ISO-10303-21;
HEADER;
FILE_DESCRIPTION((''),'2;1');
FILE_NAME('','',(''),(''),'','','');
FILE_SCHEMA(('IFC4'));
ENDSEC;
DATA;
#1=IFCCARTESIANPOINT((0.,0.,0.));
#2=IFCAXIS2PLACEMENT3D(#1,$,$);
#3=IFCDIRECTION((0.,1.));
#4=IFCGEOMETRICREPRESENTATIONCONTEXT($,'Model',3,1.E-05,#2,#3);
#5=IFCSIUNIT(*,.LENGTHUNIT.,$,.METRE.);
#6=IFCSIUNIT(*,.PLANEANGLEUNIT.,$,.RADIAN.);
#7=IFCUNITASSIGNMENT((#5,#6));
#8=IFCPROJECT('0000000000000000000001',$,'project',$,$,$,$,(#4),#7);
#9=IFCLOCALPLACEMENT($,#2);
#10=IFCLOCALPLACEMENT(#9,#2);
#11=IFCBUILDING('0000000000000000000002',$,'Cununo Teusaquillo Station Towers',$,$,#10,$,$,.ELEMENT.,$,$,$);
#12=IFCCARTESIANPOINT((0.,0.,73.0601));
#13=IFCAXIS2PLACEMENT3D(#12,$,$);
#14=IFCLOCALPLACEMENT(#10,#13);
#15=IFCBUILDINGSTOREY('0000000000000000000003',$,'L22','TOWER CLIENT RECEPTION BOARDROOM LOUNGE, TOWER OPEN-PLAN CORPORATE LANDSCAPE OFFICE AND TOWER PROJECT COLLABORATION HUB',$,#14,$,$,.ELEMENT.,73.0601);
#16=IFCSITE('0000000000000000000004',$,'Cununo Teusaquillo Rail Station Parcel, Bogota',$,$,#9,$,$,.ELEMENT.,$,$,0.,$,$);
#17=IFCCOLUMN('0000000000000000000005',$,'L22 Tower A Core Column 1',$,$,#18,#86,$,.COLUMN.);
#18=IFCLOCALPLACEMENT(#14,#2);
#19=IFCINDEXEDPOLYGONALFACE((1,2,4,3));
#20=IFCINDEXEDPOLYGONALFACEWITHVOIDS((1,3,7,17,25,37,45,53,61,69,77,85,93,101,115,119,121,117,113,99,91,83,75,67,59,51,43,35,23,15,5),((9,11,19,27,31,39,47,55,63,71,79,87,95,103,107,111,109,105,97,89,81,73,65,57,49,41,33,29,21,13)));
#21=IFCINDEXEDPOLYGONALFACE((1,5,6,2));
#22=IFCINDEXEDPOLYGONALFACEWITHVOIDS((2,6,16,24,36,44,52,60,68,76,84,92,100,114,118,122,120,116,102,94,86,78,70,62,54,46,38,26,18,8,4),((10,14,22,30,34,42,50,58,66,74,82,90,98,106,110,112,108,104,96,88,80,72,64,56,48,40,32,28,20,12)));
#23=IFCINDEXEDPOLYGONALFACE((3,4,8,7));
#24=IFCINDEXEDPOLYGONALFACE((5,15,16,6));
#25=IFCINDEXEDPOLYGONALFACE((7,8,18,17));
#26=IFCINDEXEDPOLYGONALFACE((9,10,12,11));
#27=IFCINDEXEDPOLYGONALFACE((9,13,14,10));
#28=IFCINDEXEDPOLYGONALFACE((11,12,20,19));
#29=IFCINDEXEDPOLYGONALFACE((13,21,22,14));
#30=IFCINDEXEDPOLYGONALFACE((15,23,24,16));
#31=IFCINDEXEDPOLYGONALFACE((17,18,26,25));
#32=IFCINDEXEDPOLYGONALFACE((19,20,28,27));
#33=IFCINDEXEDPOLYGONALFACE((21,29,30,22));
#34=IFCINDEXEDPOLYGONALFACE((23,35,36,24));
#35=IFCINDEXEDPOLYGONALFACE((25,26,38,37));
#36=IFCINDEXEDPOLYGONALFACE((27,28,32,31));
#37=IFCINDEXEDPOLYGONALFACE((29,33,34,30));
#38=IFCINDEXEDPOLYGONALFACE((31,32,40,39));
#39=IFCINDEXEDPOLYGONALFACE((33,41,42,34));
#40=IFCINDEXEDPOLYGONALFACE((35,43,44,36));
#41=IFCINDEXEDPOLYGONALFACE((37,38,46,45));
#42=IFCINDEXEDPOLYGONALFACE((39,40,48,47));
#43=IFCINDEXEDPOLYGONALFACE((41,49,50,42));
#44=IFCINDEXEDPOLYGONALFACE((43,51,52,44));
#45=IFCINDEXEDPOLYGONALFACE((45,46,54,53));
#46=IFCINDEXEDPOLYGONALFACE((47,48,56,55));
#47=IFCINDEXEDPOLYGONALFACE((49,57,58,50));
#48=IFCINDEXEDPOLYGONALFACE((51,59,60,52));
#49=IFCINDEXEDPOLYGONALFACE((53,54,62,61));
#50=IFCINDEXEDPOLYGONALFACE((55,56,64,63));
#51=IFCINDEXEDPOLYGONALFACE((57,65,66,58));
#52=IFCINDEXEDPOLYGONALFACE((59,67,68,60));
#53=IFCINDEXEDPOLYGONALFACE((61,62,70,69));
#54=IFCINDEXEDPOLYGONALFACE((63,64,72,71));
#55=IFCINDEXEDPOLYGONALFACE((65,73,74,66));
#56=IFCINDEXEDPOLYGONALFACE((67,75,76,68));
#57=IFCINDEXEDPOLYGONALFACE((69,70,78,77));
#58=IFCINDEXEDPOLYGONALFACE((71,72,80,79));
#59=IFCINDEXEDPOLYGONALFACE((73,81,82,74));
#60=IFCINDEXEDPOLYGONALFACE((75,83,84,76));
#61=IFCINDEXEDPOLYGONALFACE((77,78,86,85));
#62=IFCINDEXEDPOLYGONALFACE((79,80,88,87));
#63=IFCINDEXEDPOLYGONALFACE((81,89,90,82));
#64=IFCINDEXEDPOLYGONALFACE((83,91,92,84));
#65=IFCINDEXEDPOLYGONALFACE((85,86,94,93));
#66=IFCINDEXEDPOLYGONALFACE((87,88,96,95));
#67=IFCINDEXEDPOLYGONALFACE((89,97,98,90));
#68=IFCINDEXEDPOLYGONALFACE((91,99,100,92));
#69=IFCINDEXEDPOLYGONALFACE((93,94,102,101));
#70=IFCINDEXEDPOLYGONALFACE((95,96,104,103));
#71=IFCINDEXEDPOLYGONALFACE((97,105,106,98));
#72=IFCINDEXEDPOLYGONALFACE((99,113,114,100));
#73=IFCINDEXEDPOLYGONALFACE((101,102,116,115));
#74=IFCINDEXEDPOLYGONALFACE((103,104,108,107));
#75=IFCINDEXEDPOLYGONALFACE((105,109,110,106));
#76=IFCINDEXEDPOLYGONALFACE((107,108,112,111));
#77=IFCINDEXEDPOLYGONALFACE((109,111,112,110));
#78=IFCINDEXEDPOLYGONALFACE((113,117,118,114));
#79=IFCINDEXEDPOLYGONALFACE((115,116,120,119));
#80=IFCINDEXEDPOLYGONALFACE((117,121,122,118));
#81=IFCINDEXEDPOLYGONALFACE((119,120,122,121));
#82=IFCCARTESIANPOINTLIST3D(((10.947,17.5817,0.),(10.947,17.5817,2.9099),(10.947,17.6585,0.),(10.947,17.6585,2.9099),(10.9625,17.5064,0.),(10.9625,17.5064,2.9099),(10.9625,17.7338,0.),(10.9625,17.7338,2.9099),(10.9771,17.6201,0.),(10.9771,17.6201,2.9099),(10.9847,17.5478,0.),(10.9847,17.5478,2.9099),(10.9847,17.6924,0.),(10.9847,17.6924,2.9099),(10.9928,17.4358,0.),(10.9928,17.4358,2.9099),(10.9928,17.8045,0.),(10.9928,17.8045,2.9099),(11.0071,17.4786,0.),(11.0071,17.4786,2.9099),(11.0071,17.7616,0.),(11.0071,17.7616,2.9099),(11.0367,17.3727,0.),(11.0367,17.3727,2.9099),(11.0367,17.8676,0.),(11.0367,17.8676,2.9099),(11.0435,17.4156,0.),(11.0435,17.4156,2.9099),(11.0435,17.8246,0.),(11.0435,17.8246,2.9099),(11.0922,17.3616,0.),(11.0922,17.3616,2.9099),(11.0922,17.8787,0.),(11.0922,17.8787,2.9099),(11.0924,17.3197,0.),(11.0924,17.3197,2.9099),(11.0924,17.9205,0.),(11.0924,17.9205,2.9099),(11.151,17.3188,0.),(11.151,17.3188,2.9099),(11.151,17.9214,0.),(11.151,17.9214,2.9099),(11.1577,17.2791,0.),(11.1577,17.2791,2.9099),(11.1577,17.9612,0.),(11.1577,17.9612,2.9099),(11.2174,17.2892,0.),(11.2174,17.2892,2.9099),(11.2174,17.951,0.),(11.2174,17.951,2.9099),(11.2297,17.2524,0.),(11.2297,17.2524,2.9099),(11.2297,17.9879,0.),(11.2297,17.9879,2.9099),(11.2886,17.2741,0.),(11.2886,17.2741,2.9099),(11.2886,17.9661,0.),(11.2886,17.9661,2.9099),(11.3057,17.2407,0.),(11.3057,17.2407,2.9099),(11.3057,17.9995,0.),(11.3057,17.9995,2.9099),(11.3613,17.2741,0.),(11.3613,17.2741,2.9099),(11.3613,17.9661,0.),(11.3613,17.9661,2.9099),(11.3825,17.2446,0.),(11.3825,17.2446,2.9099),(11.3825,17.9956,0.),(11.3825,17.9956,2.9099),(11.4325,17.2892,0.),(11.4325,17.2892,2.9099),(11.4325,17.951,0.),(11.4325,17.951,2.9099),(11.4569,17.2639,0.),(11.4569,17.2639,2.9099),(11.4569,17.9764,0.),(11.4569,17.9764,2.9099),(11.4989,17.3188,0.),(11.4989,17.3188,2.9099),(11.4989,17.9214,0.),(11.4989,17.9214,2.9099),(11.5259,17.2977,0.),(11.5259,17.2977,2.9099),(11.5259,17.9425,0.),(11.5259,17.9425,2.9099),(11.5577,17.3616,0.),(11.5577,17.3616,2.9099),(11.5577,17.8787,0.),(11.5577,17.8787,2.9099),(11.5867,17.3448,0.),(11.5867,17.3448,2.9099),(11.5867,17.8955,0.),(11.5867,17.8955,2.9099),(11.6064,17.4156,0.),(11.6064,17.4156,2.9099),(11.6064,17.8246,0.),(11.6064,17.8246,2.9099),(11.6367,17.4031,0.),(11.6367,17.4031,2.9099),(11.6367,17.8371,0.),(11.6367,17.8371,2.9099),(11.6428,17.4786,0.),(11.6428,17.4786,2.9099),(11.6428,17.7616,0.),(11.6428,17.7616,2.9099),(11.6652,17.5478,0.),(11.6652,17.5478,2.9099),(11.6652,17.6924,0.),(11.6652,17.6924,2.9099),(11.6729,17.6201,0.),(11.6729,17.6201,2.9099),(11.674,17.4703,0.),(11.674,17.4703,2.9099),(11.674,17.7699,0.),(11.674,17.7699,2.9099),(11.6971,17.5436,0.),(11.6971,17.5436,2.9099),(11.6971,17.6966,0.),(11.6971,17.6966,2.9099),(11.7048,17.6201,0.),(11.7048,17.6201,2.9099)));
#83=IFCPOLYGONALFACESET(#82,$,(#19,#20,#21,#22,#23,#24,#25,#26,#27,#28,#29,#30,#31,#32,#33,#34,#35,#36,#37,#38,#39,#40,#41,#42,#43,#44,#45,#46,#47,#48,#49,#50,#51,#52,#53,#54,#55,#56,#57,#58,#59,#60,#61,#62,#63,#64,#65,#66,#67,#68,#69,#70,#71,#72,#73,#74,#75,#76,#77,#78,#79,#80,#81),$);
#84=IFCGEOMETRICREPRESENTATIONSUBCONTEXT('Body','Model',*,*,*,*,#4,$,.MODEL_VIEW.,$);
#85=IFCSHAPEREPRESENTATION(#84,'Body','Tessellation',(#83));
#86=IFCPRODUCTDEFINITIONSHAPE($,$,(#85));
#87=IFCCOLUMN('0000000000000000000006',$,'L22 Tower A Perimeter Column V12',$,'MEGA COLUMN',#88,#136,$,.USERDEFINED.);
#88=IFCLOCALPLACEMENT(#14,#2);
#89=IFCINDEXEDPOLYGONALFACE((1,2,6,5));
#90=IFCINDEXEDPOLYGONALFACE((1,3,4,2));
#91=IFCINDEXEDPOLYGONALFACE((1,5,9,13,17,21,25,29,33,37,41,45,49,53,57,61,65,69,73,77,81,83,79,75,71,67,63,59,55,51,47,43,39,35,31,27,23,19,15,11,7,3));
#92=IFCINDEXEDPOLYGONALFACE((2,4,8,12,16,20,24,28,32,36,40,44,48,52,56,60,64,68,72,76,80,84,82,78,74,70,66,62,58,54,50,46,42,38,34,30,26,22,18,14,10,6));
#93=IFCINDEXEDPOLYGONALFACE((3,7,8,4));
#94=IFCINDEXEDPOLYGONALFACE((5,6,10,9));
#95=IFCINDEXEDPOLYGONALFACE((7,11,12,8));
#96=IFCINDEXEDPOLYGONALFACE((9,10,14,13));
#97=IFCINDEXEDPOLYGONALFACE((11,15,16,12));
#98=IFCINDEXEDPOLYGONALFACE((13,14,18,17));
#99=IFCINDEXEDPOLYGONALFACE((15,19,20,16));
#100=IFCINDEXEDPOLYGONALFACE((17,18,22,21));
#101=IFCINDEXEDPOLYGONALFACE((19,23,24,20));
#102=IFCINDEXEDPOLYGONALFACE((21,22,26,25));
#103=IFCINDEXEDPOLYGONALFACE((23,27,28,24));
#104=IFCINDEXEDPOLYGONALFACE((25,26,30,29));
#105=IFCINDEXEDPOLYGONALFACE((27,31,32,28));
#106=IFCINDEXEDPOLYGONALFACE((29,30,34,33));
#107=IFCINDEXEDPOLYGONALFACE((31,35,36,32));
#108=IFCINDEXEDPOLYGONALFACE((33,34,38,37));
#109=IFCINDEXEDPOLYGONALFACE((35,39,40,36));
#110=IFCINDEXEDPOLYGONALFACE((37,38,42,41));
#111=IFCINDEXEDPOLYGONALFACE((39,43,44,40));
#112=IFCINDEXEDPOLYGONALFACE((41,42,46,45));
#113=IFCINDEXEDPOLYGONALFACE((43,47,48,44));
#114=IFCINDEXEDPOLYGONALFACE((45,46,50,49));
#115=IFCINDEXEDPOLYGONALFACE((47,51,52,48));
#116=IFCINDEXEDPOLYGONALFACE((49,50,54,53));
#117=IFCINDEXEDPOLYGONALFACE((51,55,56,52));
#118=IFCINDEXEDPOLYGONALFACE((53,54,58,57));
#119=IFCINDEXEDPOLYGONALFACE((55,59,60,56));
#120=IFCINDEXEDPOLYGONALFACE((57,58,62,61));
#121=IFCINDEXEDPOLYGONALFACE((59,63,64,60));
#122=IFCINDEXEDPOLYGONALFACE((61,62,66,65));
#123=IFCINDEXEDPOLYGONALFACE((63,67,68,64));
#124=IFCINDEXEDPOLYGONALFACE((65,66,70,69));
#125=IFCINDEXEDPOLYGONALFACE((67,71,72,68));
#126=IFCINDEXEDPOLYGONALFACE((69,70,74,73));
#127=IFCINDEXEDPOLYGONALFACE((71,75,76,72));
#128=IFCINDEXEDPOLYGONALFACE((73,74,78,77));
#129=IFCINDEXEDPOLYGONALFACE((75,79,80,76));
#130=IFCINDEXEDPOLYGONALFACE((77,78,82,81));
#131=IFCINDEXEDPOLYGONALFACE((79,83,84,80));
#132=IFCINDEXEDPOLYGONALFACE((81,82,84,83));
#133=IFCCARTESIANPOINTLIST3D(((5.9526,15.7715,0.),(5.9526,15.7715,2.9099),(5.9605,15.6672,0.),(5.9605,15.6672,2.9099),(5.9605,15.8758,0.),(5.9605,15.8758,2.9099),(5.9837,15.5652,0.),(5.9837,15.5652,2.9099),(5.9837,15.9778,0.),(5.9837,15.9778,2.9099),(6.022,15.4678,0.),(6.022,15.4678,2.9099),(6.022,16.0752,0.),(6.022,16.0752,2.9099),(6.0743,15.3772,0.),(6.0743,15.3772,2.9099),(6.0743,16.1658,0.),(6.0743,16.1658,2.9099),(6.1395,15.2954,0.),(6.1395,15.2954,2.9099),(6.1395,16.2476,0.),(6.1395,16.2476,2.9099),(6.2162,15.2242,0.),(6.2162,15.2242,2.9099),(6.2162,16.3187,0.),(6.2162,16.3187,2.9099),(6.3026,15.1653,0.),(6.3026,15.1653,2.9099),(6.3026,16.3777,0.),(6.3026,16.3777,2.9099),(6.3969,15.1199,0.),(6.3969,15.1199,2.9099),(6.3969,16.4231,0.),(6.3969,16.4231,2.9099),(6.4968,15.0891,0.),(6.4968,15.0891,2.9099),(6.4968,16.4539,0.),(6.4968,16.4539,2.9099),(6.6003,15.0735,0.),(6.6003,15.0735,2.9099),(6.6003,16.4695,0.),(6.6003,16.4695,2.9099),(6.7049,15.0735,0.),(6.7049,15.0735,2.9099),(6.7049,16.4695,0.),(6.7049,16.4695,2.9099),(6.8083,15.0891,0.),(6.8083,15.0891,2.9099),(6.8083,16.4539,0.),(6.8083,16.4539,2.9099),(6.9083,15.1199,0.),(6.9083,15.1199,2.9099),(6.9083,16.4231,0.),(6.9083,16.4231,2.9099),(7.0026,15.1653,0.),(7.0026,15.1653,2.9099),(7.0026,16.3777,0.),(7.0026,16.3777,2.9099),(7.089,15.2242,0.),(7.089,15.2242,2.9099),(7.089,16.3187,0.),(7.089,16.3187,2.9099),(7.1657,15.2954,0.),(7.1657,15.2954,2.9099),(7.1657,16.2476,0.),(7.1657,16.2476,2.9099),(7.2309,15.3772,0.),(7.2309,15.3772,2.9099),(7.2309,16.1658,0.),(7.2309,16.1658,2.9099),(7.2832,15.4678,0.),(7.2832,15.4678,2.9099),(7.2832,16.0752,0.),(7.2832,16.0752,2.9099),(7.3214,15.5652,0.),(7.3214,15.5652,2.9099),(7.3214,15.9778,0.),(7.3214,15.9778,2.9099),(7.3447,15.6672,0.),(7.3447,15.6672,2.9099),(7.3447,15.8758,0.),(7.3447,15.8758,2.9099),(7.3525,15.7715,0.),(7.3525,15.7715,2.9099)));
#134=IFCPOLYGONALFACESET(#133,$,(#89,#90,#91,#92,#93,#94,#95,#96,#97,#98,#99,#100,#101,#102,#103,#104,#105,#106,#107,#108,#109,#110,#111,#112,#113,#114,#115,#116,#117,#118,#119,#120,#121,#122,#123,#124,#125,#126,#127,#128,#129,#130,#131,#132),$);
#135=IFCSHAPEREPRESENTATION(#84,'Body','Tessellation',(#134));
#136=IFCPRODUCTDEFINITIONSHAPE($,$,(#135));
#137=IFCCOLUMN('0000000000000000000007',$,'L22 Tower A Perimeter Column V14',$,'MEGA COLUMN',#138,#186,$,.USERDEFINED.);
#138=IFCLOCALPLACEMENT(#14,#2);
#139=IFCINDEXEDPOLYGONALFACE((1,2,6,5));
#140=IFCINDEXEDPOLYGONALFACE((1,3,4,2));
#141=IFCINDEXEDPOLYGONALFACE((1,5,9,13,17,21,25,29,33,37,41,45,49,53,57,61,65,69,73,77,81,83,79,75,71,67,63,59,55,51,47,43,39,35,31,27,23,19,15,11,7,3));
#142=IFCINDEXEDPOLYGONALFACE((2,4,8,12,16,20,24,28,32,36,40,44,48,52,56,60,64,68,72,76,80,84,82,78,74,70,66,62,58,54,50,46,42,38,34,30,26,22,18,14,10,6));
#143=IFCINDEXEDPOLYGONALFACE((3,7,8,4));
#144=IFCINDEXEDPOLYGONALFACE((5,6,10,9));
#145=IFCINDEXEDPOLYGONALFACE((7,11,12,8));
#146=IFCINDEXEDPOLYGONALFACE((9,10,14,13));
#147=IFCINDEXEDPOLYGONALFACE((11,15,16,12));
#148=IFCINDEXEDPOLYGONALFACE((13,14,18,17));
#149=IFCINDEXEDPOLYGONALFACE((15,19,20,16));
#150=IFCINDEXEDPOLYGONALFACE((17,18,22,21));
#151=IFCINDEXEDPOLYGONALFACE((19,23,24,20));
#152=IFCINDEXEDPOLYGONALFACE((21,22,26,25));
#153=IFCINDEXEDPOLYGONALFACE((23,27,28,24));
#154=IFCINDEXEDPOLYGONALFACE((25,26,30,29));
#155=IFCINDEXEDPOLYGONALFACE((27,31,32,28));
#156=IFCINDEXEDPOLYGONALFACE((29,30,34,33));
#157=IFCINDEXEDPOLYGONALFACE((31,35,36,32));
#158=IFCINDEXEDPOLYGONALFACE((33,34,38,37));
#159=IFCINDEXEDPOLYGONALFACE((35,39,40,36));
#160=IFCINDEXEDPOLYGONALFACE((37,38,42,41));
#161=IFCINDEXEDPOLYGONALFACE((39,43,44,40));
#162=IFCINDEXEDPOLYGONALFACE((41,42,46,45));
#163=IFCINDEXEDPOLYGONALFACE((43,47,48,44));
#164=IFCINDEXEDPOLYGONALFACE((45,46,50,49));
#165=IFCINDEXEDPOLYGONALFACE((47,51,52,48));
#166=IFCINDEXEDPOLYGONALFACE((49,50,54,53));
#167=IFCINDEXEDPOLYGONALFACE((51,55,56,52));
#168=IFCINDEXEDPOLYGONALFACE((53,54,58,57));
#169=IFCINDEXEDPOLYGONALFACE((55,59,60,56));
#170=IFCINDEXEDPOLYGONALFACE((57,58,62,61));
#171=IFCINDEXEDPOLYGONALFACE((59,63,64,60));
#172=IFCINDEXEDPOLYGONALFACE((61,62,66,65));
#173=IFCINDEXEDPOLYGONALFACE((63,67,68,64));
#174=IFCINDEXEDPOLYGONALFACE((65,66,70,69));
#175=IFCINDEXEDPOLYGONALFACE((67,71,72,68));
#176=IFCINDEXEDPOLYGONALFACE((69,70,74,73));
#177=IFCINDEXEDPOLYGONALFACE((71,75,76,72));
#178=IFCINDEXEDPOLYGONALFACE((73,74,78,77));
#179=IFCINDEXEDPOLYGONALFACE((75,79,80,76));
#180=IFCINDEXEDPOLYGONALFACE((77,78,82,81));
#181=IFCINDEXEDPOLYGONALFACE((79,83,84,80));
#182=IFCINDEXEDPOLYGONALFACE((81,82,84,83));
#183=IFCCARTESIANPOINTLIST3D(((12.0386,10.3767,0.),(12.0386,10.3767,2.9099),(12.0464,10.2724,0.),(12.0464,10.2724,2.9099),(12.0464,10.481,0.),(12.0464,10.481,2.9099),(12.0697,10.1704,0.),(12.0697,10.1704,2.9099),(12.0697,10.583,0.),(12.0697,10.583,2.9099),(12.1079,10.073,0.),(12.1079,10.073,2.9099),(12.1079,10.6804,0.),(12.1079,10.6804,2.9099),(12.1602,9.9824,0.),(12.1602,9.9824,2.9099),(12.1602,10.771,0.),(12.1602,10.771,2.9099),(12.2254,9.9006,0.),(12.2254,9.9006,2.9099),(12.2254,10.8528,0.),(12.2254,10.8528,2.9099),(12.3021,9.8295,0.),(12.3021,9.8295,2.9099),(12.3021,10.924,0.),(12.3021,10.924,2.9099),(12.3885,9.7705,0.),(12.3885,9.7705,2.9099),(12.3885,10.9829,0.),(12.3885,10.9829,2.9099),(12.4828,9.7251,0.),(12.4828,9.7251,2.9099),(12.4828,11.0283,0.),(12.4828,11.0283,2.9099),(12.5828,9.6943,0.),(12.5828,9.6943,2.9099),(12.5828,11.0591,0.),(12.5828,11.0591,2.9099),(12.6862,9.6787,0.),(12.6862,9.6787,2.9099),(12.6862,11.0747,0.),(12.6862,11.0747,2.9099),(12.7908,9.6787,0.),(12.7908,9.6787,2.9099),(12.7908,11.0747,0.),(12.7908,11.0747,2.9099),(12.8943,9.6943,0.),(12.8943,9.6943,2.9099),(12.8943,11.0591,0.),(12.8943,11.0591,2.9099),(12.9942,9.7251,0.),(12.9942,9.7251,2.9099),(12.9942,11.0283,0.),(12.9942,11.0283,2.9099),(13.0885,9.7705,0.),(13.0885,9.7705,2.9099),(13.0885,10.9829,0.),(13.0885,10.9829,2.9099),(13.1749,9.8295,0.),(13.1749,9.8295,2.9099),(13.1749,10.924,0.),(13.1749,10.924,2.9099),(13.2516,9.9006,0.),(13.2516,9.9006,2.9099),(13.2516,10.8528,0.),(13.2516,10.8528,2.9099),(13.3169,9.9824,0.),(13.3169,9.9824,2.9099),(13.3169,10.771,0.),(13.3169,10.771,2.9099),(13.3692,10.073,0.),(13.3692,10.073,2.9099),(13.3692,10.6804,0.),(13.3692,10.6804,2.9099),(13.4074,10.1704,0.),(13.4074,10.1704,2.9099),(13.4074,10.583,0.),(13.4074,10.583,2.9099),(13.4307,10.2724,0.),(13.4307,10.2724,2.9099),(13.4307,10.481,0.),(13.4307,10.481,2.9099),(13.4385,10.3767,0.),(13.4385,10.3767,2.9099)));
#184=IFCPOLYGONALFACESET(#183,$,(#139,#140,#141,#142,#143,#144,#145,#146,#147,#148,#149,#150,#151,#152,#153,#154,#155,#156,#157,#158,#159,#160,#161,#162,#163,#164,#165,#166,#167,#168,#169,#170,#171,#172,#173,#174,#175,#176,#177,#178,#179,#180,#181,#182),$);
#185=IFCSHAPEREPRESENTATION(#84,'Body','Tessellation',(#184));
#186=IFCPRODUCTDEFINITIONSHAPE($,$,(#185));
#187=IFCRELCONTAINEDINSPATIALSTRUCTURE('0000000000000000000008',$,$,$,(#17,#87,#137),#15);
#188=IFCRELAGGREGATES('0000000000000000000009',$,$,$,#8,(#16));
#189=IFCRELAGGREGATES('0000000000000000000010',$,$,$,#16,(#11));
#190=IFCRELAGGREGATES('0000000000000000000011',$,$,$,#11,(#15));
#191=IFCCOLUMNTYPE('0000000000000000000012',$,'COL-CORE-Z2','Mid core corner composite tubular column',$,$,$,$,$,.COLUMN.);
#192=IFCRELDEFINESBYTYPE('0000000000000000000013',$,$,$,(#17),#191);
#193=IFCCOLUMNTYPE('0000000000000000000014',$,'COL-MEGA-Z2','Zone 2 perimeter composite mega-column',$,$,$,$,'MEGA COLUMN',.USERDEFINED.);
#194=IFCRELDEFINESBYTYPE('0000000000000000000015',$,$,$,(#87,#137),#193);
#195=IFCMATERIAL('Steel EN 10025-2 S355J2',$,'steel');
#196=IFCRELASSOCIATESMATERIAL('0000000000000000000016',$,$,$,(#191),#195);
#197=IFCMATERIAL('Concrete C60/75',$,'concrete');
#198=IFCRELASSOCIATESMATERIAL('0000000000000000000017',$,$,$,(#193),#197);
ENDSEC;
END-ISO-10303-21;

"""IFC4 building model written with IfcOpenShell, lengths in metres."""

from ifc_helpers import new_model, si_unit, direction, frame, origin, origin_2d, place, context, subcontext, project, spatial, circle, hollow_circle, extrude, material, material_profile, profile_set, type_object, element, save


model = new_model("IFC4")

# Units and contexts
model_context = context("Model", 3, precision=1e-05, world=origin(), true_north=direction((0.0, 1.0)))
body_context = subcontext(model_context, "Body", "Model", "MODEL_VIEW")
ifc_project = project(units=[si_unit("LENGTHUNIT", "METRE"), si_unit("PLANEANGLEUNIT", "RADIAN")], contexts=[model_context])

# Site, building, storey
site_placement = place(None, origin())
site = spatial("IfcSite", under=ifc_project, at=site_placement, Name="Cununo Teusaquillo Rail Station Parcel, Bogota", CompositionType="ELEMENT", RefElevation=0.0)
building_placement = place(site_placement, origin())
building = spatial("IfcBuilding", under=site, at=building_placement, Name="Cununo Teusaquillo Station Towers", CompositionType="ELEMENT")
storey_placement = place(building_placement, frame((0.0, 0.0, 73.0601)))
storey = spatial("IfcBuildingStorey", under=building, at=storey_placement, Name="L22", Description="TOWER CLIENT RECEPTION BOARDROOM LOUNGE, TOWER OPEN-PLAN CORPORATE LANDSCAPE OFFICE AND TOWER PROJECT COLLABORATION HUB", CompositionType="ELEMENT", Elevation=73.0601)

# Columns
ifc_material_1 = material(Name="Steel EN 10025-2 S355J2", Category="steel")
ifc_material_profile_1 = material_profile(ifc_material_1, hollow_circle(Radius=0.3799, WallThickness=0.032, at=origin_2d()), Name="CHS 760x32")
ifc_profile_set_1 = profile_set([ifc_material_profile_1], Name="Steel EN 10025-2 S355J2")
column_type_1 = type_object("IfcColumnType", Name="COL-CORE-Z2", Description="Mid core corner composite tubular column", PredefinedType="COLUMN", material=ifc_profile_set_1)
column_placement = place(storey_placement, frame((11.325, 17.6201, 0.0), z_axis=(0.0, 0.0, 1.0), x_axis=(1.0, 0.0, 0.0)))
element("IfcColumn", 1, at=column_placement, inside=storey, type_object=column_type_1, Name="L22 Tower A Core Column 1", PredefinedType="COLUMN", context=body_context, shape_type="SweptSolid", body=[
    extrude(hollow_circle(Radius=0.3799, WallThickness=0.032, at=origin_2d()), origin(), (0.0, 0.0, 1.0), 2.9099),
])
ifc_material_2 = material(Name="Concrete C60/75", Category="concrete")
ifc_material_profile_2 = material_profile(ifc_material_2, circle(Radius=0.7, at=origin_2d()), Name="RC-CIRC-1400")
ifc_profile_set_2 = profile_set([ifc_material_profile_2], Name="Concrete C60/75")
column_type_2 = type_object("IfcColumnType", Name="COL-MEGA-Z2", Description="Zone 2 perimeter composite mega-column", ElementType="MEGA COLUMN", PredefinedType="USERDEFINED", material=ifc_profile_set_2)
for number, where, z_axis, x_axis, name in (
    (2, (6.6526, 15.7715, 0.0), (0.0, 0.0, 1.0), (1.0, 0.0, 0.0), "L22 Tower A Perimeter Column V12"),
    (3, (12.7385, 10.3767, 0.0), (0.0, 0.0, 1.0), (1.0, 0.0, 0.0), "L22 Tower A Perimeter Column V14"),
):
    element("IfcColumn", number, at=place(storey_placement, frame(where, z_axis=z_axis, x_axis=x_axis)), inside=storey, type_object=column_type_2, Name=name, ObjectType="MEGA COLUMN", PredefinedType="USERDEFINED", context=body_context, shape_type="SweptSolid", body=[
        extrude(circle(Radius=0.7, at=origin_2d()), origin(), (0.0, 0.0, 1.0), 2.9099),
    ])

save(model, "model.ifc")
